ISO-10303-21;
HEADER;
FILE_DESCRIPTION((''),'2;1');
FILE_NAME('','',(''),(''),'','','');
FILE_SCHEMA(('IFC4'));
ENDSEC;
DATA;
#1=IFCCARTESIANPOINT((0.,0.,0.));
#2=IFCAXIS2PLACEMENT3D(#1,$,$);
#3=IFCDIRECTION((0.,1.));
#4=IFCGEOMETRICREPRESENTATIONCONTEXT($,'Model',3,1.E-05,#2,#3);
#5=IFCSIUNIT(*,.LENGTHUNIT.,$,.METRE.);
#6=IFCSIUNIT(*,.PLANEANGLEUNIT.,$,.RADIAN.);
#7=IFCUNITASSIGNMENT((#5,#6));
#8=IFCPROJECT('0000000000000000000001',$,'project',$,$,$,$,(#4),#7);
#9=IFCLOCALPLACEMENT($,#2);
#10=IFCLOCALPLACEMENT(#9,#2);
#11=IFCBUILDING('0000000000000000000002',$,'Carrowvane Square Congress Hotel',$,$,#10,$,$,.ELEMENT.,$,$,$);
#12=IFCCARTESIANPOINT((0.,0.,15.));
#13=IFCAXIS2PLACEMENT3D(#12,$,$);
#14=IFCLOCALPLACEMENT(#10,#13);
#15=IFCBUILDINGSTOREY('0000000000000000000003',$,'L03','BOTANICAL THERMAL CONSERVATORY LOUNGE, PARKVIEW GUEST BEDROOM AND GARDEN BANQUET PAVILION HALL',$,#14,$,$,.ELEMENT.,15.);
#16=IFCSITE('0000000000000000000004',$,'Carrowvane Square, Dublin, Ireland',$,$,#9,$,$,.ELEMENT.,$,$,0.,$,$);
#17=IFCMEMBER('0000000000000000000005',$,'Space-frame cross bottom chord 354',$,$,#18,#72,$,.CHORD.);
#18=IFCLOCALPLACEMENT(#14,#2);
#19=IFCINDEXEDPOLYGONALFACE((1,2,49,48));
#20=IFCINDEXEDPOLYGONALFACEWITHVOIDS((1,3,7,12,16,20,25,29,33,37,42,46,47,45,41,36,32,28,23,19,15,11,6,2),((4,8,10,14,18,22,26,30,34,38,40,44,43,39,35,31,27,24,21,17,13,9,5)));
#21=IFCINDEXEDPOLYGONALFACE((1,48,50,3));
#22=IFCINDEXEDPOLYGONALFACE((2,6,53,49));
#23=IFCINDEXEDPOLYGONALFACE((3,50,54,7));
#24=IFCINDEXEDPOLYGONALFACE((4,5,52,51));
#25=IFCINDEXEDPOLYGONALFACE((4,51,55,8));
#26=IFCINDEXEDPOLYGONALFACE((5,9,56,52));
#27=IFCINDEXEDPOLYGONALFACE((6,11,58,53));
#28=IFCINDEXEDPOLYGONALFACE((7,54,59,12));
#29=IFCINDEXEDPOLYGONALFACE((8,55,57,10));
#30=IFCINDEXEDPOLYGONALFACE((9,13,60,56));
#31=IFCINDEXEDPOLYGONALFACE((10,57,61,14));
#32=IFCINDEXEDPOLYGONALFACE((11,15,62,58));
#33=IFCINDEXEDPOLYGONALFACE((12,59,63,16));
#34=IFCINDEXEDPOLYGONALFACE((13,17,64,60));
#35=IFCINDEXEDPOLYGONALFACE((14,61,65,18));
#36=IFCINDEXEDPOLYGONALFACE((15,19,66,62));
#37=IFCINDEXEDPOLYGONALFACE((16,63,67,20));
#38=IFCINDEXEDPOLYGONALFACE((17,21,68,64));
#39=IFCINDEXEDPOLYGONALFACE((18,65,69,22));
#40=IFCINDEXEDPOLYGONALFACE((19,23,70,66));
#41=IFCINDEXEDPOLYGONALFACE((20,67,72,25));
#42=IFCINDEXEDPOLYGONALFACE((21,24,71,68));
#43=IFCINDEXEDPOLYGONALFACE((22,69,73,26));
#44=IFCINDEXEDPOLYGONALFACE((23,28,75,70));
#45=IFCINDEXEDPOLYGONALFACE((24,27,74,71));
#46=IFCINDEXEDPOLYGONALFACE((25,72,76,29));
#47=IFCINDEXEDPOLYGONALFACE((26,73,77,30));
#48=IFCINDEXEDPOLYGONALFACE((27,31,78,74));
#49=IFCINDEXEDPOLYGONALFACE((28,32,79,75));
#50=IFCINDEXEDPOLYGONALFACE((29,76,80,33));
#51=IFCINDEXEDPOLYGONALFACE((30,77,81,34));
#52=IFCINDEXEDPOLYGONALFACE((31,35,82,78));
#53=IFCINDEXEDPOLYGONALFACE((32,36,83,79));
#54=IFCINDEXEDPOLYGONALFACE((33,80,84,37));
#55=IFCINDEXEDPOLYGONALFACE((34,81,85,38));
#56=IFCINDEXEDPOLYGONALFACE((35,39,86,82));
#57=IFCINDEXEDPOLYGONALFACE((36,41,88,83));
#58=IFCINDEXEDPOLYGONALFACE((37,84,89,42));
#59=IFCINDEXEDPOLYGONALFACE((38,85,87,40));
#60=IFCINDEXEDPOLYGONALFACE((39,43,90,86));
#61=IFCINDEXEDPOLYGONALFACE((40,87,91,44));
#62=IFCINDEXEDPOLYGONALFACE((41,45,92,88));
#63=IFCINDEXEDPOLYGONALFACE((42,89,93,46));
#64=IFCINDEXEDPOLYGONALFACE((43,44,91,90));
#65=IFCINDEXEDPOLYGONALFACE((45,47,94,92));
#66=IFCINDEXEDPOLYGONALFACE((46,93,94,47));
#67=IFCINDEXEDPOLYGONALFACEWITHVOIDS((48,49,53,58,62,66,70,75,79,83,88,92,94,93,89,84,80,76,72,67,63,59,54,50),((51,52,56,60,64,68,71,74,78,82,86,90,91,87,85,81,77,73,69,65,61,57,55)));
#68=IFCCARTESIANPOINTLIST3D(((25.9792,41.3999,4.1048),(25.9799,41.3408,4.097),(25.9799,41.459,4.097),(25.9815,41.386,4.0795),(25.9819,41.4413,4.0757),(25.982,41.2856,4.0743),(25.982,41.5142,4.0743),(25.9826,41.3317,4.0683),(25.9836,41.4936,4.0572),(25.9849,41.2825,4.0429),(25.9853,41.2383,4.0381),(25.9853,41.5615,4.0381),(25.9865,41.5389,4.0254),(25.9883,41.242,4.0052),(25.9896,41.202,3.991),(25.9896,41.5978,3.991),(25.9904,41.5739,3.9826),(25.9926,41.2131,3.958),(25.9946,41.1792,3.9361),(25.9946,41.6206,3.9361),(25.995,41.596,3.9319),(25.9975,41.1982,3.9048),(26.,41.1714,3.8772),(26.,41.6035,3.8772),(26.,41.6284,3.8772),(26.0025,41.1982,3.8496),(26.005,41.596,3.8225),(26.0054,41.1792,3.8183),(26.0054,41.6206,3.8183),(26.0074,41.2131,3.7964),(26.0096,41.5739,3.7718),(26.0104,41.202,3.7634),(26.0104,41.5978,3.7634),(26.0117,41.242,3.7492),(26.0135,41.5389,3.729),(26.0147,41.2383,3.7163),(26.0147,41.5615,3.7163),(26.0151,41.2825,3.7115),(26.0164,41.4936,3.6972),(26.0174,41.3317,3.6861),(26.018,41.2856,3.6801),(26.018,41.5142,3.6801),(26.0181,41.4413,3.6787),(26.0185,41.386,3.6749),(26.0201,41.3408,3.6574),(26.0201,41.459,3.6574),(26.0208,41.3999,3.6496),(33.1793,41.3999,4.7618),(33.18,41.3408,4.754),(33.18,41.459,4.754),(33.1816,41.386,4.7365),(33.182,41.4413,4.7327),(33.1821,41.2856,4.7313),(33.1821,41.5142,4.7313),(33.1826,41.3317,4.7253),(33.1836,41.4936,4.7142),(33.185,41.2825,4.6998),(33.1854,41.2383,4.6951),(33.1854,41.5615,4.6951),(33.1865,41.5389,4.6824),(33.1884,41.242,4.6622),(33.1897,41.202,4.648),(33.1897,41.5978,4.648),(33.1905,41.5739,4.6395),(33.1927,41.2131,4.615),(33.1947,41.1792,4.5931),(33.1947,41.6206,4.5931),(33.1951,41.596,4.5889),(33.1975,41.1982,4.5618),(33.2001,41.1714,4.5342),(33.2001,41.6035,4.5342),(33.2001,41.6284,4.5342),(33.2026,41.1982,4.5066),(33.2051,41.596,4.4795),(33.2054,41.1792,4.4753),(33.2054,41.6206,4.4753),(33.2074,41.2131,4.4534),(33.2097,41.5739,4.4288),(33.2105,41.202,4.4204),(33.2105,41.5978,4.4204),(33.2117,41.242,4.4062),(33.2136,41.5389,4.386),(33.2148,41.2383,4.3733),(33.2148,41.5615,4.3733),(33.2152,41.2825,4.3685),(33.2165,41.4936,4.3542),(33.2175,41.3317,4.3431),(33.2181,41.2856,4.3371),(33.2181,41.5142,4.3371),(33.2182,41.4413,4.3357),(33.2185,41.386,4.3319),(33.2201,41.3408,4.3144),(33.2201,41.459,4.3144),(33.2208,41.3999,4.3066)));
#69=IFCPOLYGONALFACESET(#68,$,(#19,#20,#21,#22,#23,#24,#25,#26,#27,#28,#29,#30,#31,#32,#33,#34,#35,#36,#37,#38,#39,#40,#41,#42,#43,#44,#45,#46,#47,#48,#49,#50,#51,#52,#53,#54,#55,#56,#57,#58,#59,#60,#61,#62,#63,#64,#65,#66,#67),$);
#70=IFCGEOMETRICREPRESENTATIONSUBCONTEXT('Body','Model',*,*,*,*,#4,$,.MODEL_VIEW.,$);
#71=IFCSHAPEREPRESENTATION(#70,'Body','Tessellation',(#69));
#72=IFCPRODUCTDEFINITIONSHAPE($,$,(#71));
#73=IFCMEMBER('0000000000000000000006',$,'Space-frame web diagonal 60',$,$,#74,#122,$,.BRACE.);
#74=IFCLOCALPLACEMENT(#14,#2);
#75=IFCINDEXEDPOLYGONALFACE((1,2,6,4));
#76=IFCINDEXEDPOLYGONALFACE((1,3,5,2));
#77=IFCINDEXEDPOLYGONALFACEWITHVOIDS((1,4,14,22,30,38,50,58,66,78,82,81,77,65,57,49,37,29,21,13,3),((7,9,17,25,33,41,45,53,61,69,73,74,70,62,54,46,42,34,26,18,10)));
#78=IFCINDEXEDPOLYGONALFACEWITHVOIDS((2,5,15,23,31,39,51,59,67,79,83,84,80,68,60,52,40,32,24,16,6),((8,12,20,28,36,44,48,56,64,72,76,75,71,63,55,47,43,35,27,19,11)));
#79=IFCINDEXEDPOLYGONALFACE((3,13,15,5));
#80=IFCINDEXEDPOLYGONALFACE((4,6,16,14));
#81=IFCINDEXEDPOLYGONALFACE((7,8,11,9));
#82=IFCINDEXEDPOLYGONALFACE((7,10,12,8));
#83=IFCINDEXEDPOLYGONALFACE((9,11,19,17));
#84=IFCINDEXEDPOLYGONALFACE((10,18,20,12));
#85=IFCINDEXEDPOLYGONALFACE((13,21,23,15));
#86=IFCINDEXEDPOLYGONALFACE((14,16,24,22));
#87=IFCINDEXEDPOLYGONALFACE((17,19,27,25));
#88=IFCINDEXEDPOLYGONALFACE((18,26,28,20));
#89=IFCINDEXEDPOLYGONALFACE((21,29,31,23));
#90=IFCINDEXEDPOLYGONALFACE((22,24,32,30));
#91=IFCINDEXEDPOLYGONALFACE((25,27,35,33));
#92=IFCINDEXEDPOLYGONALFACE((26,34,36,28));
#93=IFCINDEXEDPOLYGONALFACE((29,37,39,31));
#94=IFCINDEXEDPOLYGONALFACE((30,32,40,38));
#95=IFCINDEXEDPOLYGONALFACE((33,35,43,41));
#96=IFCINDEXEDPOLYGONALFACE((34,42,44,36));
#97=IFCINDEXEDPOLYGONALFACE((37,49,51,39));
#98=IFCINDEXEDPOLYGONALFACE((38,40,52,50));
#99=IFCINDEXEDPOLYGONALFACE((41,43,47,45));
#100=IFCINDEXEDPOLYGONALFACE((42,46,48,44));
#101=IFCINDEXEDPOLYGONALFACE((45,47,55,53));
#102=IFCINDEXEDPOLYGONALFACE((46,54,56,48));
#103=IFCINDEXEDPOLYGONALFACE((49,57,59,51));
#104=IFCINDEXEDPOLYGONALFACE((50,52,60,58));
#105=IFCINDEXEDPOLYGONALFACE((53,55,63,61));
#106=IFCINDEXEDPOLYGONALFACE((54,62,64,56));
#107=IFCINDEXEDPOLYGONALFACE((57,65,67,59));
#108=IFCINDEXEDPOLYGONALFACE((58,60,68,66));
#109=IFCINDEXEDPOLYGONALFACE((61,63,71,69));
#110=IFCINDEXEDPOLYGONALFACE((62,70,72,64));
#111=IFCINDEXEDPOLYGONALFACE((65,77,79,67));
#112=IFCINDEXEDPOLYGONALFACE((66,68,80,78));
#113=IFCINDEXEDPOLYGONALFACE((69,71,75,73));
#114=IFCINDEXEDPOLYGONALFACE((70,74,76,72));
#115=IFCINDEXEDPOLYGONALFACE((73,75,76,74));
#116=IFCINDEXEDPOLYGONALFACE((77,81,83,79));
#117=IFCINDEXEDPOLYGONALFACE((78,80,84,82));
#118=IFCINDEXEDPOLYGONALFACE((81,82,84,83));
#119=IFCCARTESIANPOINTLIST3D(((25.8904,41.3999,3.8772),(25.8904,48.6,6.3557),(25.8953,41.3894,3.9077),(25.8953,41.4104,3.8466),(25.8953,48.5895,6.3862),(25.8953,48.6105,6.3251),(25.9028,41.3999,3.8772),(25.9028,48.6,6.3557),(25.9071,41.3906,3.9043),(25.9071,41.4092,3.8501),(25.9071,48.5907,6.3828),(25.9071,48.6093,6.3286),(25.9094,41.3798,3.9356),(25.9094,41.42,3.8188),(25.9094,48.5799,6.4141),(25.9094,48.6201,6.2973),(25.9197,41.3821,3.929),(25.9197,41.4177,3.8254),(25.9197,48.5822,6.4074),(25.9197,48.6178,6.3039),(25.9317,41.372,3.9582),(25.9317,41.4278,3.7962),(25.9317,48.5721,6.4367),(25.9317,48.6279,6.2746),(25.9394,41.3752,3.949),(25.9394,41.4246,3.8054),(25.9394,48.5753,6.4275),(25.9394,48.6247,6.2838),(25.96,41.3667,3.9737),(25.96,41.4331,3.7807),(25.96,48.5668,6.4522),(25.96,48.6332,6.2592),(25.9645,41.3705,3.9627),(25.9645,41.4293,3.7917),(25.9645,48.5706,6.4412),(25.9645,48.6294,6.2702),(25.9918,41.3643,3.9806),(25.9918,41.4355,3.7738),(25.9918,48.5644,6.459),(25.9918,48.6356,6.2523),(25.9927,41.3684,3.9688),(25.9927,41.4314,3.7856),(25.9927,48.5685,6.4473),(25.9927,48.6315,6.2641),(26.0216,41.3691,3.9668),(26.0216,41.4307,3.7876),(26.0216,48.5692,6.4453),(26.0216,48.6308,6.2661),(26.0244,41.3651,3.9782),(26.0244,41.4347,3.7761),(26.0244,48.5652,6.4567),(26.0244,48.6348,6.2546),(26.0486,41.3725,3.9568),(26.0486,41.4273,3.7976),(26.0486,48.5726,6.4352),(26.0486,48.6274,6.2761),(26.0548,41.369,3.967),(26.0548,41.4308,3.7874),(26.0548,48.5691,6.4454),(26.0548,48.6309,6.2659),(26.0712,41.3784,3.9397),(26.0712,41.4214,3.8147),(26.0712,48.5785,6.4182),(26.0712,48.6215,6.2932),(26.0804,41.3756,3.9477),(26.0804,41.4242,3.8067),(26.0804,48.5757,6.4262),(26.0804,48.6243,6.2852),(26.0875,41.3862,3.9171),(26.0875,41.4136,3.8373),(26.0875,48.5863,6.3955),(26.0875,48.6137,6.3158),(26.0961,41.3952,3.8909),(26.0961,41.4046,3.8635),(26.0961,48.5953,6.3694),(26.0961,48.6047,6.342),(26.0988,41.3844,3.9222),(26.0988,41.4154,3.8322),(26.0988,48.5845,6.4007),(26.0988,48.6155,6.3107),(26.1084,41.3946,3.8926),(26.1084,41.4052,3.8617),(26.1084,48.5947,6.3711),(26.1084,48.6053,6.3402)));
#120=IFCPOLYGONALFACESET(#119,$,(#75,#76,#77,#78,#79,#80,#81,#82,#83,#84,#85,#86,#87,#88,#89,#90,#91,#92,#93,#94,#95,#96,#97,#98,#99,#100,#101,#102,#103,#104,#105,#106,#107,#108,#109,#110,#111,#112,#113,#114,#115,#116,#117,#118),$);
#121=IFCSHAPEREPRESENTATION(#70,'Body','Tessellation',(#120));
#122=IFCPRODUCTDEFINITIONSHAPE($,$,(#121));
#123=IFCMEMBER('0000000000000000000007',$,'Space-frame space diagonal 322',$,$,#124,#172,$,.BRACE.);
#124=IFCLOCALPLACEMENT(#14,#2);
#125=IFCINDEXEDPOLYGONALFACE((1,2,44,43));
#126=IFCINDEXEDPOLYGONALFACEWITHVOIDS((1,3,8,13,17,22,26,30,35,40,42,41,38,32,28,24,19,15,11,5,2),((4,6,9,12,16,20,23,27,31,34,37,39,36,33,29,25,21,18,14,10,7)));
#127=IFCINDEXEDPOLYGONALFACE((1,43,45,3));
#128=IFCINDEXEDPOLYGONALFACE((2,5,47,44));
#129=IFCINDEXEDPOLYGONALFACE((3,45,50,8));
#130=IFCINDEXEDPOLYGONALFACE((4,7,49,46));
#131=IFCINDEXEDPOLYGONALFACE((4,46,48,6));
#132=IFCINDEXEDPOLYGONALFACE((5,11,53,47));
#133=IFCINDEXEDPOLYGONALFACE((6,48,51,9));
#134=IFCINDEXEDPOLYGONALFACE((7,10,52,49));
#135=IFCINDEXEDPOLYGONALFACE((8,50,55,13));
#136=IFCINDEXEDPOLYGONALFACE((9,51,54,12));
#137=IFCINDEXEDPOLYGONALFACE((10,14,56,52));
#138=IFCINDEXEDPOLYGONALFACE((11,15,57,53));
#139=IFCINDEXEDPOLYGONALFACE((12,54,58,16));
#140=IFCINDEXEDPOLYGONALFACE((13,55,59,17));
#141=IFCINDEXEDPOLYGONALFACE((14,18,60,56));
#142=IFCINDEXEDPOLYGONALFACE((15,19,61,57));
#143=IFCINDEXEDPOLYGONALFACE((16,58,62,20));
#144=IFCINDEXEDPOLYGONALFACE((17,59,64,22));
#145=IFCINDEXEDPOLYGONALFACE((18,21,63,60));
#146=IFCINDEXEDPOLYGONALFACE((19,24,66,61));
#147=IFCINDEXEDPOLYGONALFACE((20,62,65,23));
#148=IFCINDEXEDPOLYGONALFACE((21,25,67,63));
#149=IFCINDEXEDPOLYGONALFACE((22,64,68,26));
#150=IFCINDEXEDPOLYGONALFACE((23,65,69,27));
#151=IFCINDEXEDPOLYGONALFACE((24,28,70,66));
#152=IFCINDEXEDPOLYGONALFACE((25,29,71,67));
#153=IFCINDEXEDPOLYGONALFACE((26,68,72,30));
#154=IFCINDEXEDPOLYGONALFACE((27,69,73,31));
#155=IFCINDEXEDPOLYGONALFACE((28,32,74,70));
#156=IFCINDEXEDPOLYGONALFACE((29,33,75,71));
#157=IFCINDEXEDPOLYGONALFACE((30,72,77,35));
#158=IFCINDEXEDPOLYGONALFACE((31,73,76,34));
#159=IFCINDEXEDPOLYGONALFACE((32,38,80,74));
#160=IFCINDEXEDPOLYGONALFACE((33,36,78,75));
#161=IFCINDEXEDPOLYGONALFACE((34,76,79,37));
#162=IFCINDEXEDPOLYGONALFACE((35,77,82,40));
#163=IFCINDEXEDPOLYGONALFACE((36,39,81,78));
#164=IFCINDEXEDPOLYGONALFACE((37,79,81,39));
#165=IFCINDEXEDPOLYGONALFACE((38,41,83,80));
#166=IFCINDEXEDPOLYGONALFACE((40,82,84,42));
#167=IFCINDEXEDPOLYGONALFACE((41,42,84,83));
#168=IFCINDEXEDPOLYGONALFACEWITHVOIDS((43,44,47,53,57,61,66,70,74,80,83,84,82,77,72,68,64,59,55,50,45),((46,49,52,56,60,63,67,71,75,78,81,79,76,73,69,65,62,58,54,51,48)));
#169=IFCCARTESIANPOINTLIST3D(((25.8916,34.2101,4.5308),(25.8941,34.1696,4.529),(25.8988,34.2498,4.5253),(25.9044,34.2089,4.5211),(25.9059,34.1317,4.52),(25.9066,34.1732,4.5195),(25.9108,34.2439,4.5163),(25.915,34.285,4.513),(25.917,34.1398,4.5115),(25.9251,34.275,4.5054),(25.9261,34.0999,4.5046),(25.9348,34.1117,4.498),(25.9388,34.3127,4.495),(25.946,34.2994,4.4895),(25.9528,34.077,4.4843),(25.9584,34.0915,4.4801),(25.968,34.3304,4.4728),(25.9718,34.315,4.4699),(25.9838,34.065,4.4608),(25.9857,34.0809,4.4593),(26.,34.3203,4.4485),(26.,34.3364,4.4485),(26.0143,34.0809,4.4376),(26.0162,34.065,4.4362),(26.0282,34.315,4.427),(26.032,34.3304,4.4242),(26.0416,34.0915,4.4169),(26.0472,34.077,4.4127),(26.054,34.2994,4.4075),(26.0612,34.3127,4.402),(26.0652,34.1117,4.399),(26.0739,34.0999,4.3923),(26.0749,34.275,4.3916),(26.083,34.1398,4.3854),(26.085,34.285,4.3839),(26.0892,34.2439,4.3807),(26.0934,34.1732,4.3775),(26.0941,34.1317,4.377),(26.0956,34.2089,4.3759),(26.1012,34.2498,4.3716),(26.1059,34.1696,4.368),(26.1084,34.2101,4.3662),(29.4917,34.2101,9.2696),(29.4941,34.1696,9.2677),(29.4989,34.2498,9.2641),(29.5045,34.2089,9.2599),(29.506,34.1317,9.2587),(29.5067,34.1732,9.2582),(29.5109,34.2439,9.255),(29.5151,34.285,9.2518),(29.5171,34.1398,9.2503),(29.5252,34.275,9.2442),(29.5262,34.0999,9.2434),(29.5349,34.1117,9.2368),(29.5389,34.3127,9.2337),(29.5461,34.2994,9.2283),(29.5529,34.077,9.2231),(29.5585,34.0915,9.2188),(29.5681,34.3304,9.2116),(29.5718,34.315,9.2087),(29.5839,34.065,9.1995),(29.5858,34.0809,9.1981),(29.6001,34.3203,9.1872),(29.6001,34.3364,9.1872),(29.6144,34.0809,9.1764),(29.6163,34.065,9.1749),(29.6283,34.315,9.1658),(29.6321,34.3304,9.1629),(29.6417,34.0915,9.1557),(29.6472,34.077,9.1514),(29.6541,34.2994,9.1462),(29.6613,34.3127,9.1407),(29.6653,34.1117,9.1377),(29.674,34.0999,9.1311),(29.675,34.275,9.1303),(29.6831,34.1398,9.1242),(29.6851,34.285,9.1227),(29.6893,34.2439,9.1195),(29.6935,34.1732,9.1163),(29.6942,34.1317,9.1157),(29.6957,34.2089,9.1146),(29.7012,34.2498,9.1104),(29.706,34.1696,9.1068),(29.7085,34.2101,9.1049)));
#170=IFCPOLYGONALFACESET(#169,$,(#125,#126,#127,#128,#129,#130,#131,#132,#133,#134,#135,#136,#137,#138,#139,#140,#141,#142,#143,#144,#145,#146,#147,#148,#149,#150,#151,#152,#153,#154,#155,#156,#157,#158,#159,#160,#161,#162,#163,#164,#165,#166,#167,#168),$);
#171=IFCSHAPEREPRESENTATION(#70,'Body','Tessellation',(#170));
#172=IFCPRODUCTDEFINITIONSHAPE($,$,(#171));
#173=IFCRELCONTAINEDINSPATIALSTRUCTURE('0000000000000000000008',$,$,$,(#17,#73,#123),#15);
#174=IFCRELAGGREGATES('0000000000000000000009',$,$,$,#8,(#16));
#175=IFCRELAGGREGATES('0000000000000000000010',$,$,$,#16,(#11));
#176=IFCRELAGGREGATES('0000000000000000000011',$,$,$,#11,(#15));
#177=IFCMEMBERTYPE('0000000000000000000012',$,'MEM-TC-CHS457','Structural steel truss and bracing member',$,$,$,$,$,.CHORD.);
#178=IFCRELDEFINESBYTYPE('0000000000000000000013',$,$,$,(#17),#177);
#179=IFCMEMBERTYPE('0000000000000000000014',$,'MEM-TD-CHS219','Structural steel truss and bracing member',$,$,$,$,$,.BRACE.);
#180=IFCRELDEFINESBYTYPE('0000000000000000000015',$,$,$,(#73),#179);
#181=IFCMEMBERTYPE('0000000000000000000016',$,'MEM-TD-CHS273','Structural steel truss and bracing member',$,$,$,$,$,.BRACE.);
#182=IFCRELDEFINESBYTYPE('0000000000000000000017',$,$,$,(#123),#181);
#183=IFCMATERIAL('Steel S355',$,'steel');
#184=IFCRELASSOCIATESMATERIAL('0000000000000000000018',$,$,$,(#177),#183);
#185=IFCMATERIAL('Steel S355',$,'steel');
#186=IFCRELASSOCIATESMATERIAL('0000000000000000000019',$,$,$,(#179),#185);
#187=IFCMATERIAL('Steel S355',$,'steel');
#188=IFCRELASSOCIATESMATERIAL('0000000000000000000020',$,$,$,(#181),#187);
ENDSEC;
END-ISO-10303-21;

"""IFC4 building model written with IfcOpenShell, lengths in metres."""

from ifc_helpers import new_model, si_unit, direction, frame, origin, origin_2d, place, context, subcontext, project, spatial, hollow_circle, extrude, material, material_profile, profile_set, type_object, element, save


model = new_model("IFC4")

# Units and contexts
model_context = context("Model", 3, precision=1e-05, world=origin(), true_north=direction((0.0, 1.0)))
body_context = subcontext(model_context, "Body", "Model", "MODEL_VIEW")
ifc_project = project(units=[si_unit("LENGTHUNIT", "METRE"), si_unit("PLANEANGLEUNIT", "RADIAN")], contexts=[model_context])

# Site, building, storey
site_placement = place(None, origin())
site = spatial("IfcSite", under=ifc_project, at=site_placement, Name="Carrowvane Square, Dublin, Ireland", CompositionType="ELEMENT", RefElevation=0.0)
building_placement = place(site_placement, origin())
building = spatial("IfcBuilding", under=site, at=building_placement, Name="Carrowvane Square Congress Hotel", CompositionType="ELEMENT")
storey_placement = place(building_placement, frame((0.0, 0.0, 15.0)))
storey = spatial("IfcBuildingStorey", under=building, at=storey_placement, Name="L03", Description="BOTANICAL THERMAL CONSERVATORY LOUNGE, PARKVIEW GUEST BEDROOM AND GARDEN BANQUET PAVILION HALL", CompositionType="ELEMENT", Elevation=15.0)

# Members
ifc_material_1 = material(Name="Steel S355", Category="steel")
ifc_material_profile_1 = material_profile(ifc_material_1, hollow_circle(Radius=0.2285, WallThickness=0.0249, at=origin_2d()), Name="CHS 457.0x25")
ifc_profile_set_1 = profile_set([ifc_material_profile_1], Name="Steel S355")
member_type_1 = type_object("IfcMemberType", Name="MEM-TC-CHS457", Description="Structural steel truss and bracing member", PredefinedType="CHORD", material=ifc_profile_set_1)
for number, where, z_axis, x_axis, name in (
    (1, (26.0, 41.3999, 3.8772), (0.995863, 0.0, 0.090871), (0.0, 1.0, 0.0), "Space-frame cross bottom chord 354"),
):
    element("IfcMember", number, at=place(storey_placement, frame(where, z_axis=z_axis, x_axis=x_axis)), inside=storey, type_object=member_type_1, Name=name, PredefinedType="CHORD", context=body_context, shape_type="SweptSolid", body=[
        extrude(hollow_circle(Radius=0.2285, WallThickness=0.0249, at=origin_2d()), origin(), (0.0, 0.0, 1.0), 7.23),
    ])
ifc_material_2 = material(Name="Steel S355", Category="steel")
ifc_material_profile_2 = material_profile(ifc_material_2, hollow_circle(Radius=0.1096, WallThickness=0.0125, at=origin_2d()), Name="CHS 219.1x12.5")
ifc_profile_set_2 = profile_set([ifc_material_profile_2], Name="Steel S355")
member_type_2 = type_object("IfcMemberType", Name="MEM-TD-CHS219", Description="Structural steel truss and bracing member", PredefinedType="BRACE", material=ifc_profile_set_2)
member_1_placement = place(storey_placement, frame((26.0, 41.3999, 3.8772), z_axis=(0.0, 0.945547, 0.325485), x_axis=(-1.0, 0.0, 0.0)))
element("IfcMember", 2, at=member_1_placement, inside=storey, type_object=member_type_2, Name="Space-frame web diagonal 60", PredefinedType="BRACE", context=body_context, shape_type="SweptSolid", body=[
    extrude(hollow_circle(Radius=0.1096, WallThickness=0.0125, at=origin_2d()), origin(), (0.0, 0.0, 1.0), 7.6147),
])
ifc_material_3 = material(Name="Steel S355", Category="steel")
ifc_material_profile_3 = material_profile(ifc_material_3, hollow_circle(Radius=0.1365, WallThickness=0.0161, at=origin_2d()), Name="CHS 273.0x16")
ifc_profile_set_3 = profile_set([ifc_material_profile_3], Name="Steel S355")
member_type_3 = type_object("IfcMemberType", Name="MEM-TD-CHS273", Description="Structural steel truss and bracing member", PredefinedType="BRACE", material=ifc_profile_set_3)
member_2_placement = place(storey_placement, frame((26.0, 34.2, 4.4485), z_axis=(0.604938, 0.0, 0.796273), x_axis=(0.0, 1.0, 0.0)))
element("IfcMember", 3, at=member_2_placement, inside=storey, type_object=member_type_3, Name="Space-frame space diagonal 322", PredefinedType="BRACE", context=body_context, shape_type="SweptSolid", body=[
    extrude(hollow_circle(Radius=0.1365, WallThickness=0.0161, at=origin_2d()), origin(), (0.0, 0.0, 1.0), 5.9512),
])

save(model, "model.ifc")
